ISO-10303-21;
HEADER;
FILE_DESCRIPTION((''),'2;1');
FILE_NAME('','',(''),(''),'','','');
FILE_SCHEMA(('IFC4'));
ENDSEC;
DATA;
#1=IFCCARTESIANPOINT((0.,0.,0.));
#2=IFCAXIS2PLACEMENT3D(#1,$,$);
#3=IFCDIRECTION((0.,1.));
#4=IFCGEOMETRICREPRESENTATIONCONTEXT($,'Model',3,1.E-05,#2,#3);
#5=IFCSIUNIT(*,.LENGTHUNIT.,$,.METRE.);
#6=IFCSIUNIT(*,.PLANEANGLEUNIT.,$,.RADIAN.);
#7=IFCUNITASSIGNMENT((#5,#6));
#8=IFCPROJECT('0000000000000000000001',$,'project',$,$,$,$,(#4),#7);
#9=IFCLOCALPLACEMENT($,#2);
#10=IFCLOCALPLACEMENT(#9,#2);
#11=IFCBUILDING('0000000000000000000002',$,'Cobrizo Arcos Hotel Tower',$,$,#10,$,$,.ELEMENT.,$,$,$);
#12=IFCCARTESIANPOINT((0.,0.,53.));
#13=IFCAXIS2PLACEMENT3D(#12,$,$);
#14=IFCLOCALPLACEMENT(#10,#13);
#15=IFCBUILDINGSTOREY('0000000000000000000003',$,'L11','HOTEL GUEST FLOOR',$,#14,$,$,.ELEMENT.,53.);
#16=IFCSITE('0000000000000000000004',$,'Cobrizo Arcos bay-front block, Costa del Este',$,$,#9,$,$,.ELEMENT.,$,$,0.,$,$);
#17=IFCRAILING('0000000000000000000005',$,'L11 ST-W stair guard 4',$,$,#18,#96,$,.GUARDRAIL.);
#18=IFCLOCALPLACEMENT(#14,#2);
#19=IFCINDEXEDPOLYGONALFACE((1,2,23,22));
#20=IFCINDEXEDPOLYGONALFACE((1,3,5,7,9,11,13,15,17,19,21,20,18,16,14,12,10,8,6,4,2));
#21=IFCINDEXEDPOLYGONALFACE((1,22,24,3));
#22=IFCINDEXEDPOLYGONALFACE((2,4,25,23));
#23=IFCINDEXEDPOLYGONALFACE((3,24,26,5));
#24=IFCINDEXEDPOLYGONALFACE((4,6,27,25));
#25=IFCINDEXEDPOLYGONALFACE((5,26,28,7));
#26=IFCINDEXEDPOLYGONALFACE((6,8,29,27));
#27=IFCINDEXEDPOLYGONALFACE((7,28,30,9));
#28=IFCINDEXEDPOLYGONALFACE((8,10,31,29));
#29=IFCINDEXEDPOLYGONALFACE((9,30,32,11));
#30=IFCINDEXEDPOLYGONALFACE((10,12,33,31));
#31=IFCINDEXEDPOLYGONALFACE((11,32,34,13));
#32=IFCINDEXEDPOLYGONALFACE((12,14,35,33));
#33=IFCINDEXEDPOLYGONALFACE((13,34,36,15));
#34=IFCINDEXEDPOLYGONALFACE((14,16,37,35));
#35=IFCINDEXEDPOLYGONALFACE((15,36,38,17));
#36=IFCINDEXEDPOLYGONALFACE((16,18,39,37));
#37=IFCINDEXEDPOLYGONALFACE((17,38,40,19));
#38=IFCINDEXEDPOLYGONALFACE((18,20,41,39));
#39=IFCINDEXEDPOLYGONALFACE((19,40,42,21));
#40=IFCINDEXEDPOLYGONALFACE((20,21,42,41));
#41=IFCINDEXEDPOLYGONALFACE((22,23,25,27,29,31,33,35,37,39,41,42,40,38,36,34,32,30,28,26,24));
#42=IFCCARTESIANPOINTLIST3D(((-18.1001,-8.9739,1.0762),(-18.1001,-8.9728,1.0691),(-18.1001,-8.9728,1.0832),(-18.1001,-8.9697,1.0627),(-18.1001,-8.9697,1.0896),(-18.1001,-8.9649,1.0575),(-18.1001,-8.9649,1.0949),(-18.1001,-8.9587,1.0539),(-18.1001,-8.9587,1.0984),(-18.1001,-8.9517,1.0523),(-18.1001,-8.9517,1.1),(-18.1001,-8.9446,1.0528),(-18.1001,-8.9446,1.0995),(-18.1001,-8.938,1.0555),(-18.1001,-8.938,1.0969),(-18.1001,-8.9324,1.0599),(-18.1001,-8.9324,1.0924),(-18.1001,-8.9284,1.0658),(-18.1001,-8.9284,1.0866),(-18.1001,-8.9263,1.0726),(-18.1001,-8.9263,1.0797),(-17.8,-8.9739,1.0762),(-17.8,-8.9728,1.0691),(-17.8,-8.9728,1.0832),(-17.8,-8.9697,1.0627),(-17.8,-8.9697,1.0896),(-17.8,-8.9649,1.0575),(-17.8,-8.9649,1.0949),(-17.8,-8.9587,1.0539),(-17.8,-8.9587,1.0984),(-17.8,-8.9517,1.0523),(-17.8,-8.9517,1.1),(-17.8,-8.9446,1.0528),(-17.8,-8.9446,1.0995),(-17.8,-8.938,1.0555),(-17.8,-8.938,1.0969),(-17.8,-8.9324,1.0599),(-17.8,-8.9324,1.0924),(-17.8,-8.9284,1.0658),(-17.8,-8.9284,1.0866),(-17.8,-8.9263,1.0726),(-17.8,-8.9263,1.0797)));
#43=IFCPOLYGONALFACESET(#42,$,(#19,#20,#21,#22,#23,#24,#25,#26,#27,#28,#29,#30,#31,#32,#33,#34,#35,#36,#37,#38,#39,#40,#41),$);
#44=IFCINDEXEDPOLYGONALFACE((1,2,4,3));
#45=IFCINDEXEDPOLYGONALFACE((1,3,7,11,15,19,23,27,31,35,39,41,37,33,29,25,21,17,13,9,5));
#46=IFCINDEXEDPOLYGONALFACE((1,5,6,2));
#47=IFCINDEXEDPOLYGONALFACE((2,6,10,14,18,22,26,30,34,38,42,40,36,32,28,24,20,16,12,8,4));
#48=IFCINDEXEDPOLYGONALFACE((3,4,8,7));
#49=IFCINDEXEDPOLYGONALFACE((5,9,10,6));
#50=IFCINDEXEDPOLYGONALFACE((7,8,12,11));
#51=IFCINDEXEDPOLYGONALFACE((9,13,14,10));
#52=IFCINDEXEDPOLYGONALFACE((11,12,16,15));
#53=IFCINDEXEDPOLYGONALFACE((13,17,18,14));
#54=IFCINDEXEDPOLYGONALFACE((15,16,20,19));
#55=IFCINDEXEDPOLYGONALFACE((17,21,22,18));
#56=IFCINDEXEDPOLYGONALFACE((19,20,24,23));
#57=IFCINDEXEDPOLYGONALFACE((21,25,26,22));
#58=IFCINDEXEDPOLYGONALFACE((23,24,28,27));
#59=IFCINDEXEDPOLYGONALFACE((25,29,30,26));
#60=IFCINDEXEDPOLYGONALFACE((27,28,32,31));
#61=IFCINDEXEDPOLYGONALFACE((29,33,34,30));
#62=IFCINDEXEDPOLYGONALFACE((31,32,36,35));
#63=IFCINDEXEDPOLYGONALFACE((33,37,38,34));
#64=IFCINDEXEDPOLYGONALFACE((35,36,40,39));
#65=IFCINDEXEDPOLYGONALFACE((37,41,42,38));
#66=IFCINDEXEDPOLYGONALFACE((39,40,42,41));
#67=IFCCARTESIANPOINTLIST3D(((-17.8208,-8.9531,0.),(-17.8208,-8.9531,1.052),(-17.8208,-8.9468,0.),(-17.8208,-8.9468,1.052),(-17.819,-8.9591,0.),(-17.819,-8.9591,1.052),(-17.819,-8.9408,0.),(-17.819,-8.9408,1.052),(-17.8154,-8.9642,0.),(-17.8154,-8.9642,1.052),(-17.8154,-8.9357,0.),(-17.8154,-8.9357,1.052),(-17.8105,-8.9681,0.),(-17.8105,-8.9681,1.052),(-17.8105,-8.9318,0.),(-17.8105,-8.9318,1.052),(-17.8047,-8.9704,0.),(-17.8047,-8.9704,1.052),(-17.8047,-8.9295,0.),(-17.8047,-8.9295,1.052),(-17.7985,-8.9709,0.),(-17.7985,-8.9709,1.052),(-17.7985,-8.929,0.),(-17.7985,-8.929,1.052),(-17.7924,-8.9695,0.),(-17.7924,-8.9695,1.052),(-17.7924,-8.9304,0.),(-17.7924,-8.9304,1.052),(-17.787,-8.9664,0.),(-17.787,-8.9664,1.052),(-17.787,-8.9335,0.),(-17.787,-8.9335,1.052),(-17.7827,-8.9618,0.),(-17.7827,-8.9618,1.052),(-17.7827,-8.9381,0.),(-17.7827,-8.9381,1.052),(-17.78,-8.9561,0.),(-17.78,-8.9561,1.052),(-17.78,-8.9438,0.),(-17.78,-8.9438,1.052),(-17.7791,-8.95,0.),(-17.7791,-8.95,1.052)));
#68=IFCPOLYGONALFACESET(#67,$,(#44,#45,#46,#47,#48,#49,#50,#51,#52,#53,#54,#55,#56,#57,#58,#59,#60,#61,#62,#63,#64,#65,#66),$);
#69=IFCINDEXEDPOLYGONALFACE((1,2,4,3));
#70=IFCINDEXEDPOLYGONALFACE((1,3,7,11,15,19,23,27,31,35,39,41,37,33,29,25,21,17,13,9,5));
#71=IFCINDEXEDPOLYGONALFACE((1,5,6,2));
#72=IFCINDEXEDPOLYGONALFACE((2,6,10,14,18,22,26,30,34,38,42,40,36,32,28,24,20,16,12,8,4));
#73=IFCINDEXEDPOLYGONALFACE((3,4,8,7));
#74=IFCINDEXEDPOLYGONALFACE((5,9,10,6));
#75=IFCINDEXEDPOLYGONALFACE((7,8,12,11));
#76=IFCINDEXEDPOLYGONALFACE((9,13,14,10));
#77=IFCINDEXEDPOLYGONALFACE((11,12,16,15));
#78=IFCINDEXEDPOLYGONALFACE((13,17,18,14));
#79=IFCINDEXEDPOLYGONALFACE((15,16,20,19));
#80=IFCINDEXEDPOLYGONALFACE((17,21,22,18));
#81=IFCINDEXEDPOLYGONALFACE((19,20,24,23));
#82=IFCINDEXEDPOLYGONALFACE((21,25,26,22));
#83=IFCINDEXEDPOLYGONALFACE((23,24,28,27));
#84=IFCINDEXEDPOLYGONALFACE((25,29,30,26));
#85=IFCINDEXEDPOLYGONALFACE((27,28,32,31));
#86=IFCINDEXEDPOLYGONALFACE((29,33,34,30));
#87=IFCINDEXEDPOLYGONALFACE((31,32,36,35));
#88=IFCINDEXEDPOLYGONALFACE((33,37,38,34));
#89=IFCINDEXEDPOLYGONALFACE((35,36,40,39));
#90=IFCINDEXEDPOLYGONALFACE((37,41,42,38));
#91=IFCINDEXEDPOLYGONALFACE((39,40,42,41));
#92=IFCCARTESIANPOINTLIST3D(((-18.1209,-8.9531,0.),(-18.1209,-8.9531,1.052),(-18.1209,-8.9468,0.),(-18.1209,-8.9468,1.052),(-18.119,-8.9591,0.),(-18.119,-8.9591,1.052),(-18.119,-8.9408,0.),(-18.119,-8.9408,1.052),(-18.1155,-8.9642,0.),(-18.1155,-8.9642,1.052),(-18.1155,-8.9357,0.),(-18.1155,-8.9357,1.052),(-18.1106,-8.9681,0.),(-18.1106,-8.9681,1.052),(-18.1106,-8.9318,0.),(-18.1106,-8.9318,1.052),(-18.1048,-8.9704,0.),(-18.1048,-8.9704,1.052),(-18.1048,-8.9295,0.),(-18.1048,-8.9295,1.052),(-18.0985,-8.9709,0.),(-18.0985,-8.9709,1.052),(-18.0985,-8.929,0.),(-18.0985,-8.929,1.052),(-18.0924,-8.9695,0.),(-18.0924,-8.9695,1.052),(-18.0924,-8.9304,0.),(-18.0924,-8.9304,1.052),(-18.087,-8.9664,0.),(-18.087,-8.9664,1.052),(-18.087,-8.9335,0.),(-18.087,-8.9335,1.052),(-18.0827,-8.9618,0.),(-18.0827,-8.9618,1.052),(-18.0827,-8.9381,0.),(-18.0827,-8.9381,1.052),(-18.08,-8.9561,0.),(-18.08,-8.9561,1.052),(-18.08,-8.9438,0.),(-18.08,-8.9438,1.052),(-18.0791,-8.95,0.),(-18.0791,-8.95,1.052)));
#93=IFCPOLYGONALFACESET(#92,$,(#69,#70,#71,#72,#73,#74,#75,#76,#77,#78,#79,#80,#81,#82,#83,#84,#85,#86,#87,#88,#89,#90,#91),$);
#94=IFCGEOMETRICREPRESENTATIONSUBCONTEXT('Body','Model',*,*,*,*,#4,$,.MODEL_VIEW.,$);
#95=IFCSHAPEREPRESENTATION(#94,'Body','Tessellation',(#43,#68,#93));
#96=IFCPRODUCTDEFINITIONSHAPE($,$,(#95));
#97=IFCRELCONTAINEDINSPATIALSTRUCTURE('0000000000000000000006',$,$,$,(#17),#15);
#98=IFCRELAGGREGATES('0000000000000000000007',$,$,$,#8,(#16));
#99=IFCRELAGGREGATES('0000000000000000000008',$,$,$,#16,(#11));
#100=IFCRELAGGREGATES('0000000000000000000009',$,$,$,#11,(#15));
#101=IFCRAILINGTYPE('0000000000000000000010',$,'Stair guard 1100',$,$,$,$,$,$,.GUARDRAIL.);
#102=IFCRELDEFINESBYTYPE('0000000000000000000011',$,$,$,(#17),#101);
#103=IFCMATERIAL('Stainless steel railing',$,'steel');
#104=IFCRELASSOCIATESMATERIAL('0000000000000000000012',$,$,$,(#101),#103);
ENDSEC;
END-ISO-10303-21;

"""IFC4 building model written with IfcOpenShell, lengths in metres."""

from ifc_helpers import new_model, si_unit, direction, frame, origin, origin_2d, place, context, subcontext, project, spatial, circle, extrude, material, type_object, element, save


model = new_model("IFC4")

# Units and contexts
model_context = context("Model", 3, precision=1e-05, world=origin(), true_north=direction((0.0, 1.0)))
body_context = subcontext(model_context, "Body", "Model", "MODEL_VIEW")
ifc_project = project(units=[si_unit("LENGTHUNIT", "METRE"), si_unit("PLANEANGLEUNIT", "RADIAN")], contexts=[model_context])

# Site, building, storey
site_placement = place(None, origin())
site = spatial("IfcSite", under=ifc_project, at=site_placement, Name="Cobrizo Arcos bay-front block, Costa del Este", CompositionType="ELEMENT", RefElevation=0.0)
building_placement = place(site_placement, origin())
building = spatial("IfcBuilding", under=site, at=building_placement, Name="Cobrizo Arcos Hotel Tower", CompositionType="ELEMENT")
storey_placement = place(building_placement, frame((0.0, 0.0, 53.0)))
storey = spatial("IfcBuildingStorey", under=building, at=storey_placement, Name="L11", Description="HOTEL GUEST FLOOR", CompositionType="ELEMENT", Elevation=53.0)

# Railing
ifc_material_1 = material(Name="Stainless steel railing", Category="steel")
railing_type_1 = type_object("IfcRailingType", Name="Stair guard 1100", PredefinedType="GUARDRAIL", material=ifc_material_1)
railing_1_placement = place(storey_placement, frame((-17.8, -8.95, 0.0)))
element("IfcRailing", 1, at=railing_1_placement, inside=storey, type_object=railing_type_1, Name="L11 ST-W stair guard 4", PredefinedType="GUARDRAIL", context=body_context, shape_type="SweptSolid", body=[
    extrude(circle(Radius=0.0239, at=origin_2d()), frame((0.0, 0.0, 1.0762), z_axis=(-1.0, 0.0, 0.0), x_axis=(0.0, -1.0, 0.0)), (0.0, 0.0, 1.0), 0.3),
    extrude(circle(Radius=0.021, at=origin_2d()), origin(), (0.0, 0.0, 1.0), 1.052),
    extrude(circle(Radius=0.021, at=origin_2d()), frame((-0.3, 0.0, 0.0)), (0.0, 0.0, 1.0), 1.052),
])

save(model, "model.ifc")
